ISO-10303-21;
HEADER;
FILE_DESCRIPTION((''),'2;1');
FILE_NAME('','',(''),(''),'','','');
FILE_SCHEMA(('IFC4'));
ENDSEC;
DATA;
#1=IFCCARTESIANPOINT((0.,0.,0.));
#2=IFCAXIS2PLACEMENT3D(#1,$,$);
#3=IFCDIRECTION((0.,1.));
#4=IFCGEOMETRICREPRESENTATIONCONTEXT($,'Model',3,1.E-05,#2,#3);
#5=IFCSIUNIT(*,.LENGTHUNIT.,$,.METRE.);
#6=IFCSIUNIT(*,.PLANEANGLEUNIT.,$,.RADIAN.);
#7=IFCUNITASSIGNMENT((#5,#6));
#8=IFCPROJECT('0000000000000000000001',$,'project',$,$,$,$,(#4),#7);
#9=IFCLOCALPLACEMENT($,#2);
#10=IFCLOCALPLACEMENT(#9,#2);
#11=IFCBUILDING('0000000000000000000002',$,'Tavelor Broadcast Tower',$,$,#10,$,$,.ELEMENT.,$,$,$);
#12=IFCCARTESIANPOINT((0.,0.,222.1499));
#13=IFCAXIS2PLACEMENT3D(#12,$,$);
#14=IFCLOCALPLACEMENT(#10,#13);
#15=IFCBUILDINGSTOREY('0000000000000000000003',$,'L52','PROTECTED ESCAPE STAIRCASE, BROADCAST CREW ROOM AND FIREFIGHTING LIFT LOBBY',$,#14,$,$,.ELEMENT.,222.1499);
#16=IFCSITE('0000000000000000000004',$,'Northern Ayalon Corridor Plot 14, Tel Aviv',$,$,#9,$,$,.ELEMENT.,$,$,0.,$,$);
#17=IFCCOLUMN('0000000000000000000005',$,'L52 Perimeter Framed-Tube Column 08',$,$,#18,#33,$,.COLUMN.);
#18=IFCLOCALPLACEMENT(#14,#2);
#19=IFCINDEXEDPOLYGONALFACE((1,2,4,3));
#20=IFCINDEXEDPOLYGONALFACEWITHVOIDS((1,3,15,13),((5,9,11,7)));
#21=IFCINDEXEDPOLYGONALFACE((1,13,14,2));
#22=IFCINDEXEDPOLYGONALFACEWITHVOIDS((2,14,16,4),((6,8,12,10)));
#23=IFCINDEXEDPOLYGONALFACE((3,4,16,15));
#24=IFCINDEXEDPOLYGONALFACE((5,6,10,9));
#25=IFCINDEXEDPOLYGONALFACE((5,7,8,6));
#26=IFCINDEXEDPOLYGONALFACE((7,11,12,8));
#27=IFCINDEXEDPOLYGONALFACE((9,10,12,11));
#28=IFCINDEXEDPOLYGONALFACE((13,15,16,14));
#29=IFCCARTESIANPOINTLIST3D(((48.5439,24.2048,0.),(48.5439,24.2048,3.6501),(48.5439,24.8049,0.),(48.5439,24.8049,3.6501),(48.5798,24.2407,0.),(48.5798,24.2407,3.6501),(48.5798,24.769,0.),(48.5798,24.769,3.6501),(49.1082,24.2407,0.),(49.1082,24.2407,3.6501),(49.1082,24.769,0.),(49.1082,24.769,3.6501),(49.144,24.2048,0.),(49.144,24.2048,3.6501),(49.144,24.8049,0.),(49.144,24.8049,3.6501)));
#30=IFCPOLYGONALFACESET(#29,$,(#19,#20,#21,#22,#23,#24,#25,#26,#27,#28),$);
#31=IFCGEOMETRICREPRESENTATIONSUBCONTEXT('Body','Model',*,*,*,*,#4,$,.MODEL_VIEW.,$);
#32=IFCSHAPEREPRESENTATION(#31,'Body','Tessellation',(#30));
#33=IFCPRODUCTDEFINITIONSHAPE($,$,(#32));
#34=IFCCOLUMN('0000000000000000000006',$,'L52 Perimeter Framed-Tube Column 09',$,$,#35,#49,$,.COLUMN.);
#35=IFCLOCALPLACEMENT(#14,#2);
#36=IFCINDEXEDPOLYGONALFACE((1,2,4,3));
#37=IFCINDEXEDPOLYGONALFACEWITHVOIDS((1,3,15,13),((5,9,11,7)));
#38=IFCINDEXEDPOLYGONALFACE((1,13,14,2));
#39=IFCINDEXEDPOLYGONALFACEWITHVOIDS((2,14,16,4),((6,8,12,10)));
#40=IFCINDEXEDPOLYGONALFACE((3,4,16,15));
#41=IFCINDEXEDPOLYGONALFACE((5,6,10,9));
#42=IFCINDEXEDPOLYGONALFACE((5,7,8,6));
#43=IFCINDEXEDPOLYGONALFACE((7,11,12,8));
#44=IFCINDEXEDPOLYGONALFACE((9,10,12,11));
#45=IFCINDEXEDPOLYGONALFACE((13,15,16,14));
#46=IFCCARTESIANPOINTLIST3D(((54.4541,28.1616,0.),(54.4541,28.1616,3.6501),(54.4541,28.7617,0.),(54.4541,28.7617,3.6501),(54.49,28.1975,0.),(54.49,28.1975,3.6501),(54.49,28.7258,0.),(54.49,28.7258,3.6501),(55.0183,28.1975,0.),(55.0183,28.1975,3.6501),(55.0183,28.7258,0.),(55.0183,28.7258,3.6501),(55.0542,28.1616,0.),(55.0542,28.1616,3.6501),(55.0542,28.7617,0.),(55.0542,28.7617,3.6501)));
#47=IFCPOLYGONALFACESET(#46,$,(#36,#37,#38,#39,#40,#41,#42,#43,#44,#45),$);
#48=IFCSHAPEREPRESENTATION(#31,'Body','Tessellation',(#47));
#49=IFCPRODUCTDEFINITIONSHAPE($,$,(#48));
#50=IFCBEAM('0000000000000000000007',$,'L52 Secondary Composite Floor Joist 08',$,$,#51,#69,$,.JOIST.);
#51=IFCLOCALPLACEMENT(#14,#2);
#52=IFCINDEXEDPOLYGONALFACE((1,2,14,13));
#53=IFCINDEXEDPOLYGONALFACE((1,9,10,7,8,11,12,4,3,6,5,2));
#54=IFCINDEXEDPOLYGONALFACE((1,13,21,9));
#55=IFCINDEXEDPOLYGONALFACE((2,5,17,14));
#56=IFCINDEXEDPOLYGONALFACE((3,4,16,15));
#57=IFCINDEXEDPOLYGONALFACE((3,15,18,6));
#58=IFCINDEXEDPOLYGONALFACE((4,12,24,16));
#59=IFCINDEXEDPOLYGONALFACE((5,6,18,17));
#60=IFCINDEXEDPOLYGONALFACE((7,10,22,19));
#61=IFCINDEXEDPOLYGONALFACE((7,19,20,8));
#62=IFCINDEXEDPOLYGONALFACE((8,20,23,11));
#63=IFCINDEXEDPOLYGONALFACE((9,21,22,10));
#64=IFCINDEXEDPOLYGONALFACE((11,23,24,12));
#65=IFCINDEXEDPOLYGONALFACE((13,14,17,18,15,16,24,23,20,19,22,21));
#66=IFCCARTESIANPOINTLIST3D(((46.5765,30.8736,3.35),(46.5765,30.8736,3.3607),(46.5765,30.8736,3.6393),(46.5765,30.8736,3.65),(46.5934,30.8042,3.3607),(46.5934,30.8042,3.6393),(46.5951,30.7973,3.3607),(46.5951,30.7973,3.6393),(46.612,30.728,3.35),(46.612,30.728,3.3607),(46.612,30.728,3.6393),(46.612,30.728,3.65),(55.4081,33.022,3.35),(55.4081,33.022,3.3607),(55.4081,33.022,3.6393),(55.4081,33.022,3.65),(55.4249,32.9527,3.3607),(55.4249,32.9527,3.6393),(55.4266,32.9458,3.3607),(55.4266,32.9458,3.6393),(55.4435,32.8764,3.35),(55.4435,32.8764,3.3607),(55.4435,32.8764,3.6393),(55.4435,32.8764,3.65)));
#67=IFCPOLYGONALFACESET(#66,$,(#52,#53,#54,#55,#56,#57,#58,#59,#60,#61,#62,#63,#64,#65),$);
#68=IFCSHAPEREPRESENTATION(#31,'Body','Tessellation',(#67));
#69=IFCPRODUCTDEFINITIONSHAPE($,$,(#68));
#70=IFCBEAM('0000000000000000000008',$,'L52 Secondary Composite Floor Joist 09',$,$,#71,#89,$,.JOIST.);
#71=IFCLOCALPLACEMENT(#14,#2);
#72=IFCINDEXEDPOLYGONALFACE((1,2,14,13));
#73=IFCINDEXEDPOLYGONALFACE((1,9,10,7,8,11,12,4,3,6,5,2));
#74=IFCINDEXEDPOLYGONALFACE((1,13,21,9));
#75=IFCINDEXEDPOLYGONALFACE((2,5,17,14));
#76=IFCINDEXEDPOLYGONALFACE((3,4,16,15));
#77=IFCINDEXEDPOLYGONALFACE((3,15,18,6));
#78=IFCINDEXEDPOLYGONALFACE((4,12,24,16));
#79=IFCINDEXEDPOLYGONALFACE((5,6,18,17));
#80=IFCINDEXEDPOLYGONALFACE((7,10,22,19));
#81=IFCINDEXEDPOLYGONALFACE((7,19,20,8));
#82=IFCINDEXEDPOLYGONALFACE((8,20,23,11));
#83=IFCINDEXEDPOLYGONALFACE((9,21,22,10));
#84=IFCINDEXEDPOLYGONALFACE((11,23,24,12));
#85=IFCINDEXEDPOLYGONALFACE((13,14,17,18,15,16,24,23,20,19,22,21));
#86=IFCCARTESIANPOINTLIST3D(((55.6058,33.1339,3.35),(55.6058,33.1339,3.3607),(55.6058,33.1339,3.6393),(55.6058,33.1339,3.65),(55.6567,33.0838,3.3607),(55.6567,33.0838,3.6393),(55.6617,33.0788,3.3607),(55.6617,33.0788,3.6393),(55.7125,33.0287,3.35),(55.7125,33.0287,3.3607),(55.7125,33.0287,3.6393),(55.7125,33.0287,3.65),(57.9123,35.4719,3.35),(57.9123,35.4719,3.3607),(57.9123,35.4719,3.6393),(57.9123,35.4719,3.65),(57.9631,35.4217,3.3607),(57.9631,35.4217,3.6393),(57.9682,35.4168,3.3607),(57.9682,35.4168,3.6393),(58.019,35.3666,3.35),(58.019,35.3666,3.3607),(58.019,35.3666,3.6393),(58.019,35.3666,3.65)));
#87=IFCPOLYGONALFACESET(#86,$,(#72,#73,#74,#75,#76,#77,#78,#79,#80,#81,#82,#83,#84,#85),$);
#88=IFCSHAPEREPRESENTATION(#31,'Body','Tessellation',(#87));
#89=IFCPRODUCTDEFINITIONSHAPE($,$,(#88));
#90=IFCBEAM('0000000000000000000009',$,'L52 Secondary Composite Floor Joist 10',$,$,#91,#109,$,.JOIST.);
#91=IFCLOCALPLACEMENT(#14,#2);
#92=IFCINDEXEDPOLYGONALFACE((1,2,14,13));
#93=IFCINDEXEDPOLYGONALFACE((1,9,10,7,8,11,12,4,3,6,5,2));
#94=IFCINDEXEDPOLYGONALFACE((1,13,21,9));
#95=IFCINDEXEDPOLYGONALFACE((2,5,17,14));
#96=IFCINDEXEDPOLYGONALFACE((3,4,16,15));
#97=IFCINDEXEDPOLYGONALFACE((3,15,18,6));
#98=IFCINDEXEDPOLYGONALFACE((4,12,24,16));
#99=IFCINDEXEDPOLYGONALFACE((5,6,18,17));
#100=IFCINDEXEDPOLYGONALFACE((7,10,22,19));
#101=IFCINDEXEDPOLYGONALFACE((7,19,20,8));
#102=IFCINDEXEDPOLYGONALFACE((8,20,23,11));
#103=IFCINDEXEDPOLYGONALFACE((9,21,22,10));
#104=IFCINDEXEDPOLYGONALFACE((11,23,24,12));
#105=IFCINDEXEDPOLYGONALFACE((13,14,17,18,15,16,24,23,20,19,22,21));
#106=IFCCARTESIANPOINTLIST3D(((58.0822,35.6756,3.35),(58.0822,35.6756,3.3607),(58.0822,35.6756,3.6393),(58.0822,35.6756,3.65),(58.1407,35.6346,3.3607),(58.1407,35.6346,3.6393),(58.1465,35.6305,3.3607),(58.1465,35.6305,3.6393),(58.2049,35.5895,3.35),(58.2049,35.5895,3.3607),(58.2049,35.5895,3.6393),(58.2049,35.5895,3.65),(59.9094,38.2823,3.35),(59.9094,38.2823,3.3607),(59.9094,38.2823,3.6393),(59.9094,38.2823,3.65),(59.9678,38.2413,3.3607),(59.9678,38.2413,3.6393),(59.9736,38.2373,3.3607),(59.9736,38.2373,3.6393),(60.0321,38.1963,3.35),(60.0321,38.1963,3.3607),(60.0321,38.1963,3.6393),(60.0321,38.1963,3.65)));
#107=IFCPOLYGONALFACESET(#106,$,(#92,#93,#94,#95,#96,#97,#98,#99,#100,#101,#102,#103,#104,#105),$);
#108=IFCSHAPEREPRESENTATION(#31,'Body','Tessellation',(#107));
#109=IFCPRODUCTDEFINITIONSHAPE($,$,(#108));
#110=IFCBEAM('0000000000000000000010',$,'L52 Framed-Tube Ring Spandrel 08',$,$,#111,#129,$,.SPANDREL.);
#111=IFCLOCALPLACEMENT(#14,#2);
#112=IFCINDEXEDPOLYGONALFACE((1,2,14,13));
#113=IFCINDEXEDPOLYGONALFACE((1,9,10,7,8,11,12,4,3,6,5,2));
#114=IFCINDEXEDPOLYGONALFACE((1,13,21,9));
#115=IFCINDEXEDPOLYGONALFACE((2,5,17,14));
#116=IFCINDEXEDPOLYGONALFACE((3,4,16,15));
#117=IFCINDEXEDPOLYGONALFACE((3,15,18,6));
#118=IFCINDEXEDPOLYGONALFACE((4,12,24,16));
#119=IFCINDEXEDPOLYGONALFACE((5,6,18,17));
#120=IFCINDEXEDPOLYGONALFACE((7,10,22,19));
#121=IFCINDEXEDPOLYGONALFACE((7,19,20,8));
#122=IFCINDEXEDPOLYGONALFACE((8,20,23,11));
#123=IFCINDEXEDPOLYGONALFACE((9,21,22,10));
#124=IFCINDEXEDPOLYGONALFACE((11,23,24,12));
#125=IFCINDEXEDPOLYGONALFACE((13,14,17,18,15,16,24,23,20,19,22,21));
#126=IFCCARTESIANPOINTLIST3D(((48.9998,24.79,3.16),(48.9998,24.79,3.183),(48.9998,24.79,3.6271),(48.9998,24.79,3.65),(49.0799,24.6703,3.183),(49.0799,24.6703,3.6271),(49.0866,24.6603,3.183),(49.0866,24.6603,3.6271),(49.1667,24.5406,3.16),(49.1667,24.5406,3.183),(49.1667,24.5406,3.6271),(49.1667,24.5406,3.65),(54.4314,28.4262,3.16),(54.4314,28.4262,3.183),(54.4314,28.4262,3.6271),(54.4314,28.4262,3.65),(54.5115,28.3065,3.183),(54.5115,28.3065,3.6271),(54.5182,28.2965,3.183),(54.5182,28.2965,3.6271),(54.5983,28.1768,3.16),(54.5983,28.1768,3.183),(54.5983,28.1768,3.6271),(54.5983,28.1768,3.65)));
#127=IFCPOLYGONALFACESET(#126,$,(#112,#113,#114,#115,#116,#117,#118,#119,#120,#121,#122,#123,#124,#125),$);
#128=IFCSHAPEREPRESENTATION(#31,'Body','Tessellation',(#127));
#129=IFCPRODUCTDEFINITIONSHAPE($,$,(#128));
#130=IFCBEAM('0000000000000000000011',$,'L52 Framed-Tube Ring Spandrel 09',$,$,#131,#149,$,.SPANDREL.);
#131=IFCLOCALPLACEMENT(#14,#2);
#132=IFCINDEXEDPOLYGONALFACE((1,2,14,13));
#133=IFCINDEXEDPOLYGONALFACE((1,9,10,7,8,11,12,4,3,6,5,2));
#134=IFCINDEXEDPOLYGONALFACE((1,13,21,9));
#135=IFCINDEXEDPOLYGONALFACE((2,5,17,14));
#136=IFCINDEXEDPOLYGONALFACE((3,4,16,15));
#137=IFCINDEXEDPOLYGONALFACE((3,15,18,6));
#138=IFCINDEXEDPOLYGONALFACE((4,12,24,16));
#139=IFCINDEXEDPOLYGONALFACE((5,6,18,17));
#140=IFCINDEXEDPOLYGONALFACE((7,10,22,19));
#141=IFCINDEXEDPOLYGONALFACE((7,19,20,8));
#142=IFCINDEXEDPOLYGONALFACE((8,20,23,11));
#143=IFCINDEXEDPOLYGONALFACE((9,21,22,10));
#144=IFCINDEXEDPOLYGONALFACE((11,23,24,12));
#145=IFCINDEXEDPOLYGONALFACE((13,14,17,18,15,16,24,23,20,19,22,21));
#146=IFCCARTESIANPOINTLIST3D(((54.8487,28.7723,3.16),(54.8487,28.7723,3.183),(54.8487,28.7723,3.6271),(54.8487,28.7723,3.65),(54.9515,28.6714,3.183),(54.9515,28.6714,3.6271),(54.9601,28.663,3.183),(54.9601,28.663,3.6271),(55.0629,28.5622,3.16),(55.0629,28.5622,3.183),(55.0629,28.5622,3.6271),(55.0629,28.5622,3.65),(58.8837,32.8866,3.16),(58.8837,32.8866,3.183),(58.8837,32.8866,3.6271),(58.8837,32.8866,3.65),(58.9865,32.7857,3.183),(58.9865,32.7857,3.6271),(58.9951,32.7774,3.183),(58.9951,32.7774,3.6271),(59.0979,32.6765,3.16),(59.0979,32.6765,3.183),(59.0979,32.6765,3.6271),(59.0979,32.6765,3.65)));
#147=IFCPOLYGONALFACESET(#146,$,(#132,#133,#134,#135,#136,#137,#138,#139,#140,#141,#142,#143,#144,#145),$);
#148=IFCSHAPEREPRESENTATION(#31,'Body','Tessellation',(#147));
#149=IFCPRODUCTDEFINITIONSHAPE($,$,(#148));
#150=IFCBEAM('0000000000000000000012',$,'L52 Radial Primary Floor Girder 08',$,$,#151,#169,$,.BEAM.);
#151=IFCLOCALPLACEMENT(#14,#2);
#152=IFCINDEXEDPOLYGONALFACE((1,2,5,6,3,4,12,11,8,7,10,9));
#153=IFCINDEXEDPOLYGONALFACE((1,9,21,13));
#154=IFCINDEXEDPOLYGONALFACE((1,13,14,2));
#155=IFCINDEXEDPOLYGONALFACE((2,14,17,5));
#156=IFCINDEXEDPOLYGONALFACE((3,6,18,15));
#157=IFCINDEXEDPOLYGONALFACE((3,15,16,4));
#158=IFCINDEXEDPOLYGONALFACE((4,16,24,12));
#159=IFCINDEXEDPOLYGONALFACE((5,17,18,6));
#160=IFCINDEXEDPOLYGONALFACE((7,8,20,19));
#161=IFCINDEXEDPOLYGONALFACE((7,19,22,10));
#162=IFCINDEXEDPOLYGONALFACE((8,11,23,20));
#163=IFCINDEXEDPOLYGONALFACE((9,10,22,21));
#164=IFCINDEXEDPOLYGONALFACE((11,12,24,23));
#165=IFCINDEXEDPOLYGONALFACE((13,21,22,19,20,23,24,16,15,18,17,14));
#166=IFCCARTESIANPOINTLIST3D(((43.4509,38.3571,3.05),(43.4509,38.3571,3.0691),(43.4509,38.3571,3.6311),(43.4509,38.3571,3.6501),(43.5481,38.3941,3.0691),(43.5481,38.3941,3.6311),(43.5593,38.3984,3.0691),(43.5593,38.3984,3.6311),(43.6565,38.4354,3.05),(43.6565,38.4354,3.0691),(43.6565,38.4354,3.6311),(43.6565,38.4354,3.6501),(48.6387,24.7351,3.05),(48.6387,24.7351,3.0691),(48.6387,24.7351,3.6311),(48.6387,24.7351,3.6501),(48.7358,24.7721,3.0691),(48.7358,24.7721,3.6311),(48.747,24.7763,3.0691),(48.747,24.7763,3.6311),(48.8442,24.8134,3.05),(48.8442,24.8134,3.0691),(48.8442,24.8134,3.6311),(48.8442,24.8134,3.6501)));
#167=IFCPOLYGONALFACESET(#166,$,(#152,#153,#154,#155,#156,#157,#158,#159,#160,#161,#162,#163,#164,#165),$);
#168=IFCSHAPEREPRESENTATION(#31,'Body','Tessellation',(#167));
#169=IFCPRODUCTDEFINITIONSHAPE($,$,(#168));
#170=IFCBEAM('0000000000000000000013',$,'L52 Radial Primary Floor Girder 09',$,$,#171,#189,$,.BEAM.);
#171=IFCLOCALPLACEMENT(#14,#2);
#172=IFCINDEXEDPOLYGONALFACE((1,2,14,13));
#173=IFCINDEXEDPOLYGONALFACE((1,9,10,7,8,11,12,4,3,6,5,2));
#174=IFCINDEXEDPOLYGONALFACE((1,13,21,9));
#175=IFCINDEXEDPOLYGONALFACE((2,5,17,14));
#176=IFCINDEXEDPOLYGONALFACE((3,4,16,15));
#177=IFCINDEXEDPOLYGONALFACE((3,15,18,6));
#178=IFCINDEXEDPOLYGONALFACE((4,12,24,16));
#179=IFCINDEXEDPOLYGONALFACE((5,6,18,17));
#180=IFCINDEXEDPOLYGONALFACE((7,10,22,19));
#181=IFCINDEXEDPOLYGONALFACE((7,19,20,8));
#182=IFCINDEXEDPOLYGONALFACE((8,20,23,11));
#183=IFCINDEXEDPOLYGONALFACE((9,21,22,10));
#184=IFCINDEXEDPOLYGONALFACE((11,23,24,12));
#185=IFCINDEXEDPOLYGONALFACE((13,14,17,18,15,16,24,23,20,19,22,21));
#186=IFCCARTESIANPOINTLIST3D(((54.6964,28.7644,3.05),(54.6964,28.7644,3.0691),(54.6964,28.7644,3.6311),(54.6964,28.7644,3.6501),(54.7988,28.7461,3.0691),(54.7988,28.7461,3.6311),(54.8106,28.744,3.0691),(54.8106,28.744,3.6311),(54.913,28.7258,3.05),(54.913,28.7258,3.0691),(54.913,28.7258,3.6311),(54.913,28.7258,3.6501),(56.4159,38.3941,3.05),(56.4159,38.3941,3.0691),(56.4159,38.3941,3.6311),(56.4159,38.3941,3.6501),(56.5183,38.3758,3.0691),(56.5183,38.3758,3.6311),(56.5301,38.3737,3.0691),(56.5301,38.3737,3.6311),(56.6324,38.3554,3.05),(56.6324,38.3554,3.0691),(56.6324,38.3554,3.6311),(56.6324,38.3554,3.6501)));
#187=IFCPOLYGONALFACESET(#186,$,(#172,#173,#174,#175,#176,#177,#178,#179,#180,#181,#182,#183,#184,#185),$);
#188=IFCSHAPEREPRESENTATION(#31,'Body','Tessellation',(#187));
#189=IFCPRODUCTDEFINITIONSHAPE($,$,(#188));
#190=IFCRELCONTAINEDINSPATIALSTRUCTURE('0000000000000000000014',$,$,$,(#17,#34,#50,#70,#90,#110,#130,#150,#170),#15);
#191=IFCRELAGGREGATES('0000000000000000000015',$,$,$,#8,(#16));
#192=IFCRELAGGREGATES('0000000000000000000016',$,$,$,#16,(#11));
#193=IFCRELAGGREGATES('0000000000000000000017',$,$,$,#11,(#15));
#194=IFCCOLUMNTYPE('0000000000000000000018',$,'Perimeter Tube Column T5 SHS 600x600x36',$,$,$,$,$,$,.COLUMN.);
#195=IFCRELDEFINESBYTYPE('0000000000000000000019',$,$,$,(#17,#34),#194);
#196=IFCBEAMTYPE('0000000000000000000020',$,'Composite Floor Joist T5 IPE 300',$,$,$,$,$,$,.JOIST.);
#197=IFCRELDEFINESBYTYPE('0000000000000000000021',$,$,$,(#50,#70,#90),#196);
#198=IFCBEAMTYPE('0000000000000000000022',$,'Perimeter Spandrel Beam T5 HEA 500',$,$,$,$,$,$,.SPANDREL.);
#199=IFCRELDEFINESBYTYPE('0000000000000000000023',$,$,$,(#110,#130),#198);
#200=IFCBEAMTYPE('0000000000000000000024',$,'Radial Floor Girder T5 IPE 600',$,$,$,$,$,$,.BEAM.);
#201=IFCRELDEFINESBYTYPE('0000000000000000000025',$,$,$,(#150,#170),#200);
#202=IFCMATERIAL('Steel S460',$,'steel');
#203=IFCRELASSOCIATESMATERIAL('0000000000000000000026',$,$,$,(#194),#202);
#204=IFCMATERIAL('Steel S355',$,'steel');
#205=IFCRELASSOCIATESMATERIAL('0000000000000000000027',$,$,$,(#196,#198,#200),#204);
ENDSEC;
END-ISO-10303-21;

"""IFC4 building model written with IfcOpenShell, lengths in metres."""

from ifc_helpers import new_model, si_unit, direction, frame, origin, origin_2d, place, context, subcontext, project, spatial, hollow_rectangle, i_section, extrude, material, material_profile, profile_set, type_object, element, save


model = new_model("IFC4")

# Units and contexts
model_context = context("Model", 3, precision=1e-05, world=origin(), true_north=direction((0.0, 1.0)))
body_context = subcontext(model_context, "Body", "Model", "MODEL_VIEW")
ifc_project = project(units=[si_unit("LENGTHUNIT", "METRE"), si_unit("PLANEANGLEUNIT", "RADIAN")], contexts=[model_context])

# Site, building, storey
site_placement = place(None, origin())
site = spatial("IfcSite", under=ifc_project, at=site_placement, Name="Northern Ayalon Corridor Plot 14, Tel Aviv", CompositionType="ELEMENT", RefElevation=0.0)
building_placement = place(site_placement, origin())
building = spatial("IfcBuilding", under=site, at=building_placement, Name="Tavelor Broadcast Tower", CompositionType="ELEMENT")
storey_placement = place(building_placement, frame((0.0, 0.0, 222.1499)))
storey = spatial("IfcBuildingStorey", under=building, at=storey_placement, Name="L52", Description="PROTECTED ESCAPE STAIRCASE, BROADCAST CREW ROOM AND FIREFIGHTING LIFT LOBBY", CompositionType="ELEMENT", Elevation=222.1499)

# Columns
ifc_material_1 = material(Name="Steel S460", Category="steel")
ifc_material_profile_1 = material_profile(ifc_material_1, hollow_rectangle(XDim=0.6001, YDim=0.6001, WallThickness=0.0359, at=origin_2d()), Name="SHS 600x600x36")
ifc_profile_set_1 = profile_set([ifc_material_profile_1], Name="Steel S460")
column_type = type_object("IfcColumnType", Name="Perimeter Tube Column T5 SHS 600x600x36", PredefinedType="COLUMN", material=ifc_profile_set_1)
for number, where, z_axis, x_axis, name in (
    (1, (48.844, 24.5049, 0.0), (0.0, 0.0, 1.0), (1.0, 0.0, 0.0), "L52 Perimeter Framed-Tube Column 08"),
    (2, (54.7542, 28.4617, 0.0), (0.0, 0.0, 1.0), (1.0, 0.0, 0.0), "L52 Perimeter Framed-Tube Column 09"),
):
    element("IfcColumn", number, at=place(storey_placement, frame(where, z_axis=z_axis, x_axis=x_axis)), inside=storey, type_object=column_type, Name=name, PredefinedType="COLUMN", context=body_context, shape_type="SweptSolid", body=[
        extrude(hollow_rectangle(XDim=0.6001, YDim=0.6001, WallThickness=0.0359, at=origin_2d()), origin(), (0.0, 0.0, 1.0), 3.6501),
    ])

# Beams
ifc_material_2 = material(Name="Steel S355", Category="steel")
ifc_material_profile_2 = material_profile(ifc_material_2, i_section(OverallWidth=0.1499, OverallDepth=0.3, WebThickness=0.0071, FlangeThickness=0.0107, at=origin_2d()), Name="IPE 300")
ifc_profile_set_2 = profile_set([ifc_material_profile_2], Name="Steel S355")
beam_type_1 = type_object("IfcBeamType", Name="Composite Floor Joist T5 IPE 300", PredefinedType="JOIST", material=ifc_profile_set_2)
beam_1_placement = place(storey_placement, frame((46.5942, 30.8008, 3.5), z_axis=(0.971662, 0.236375, 0.0), x_axis=(-0.236375, 0.971662, 0.0)))
element("IfcBeam", 3, at=beam_1_placement, inside=storey, type_object=beam_type_1, Name="L52 Secondary Composite Floor Joist 08", PredefinedType="JOIST", context=body_context, shape_type="SweptSolid", body=[
    extrude(i_section(OverallWidth=0.1499, OverallDepth=0.3, WebThickness=0.0071, FlangeThickness=0.0107, at=origin_2d()), origin(), (0.0, 0.0, 1.0), 9.0891),
])
beam_2_placement = place(storey_placement, frame((55.6592, 33.0813, 3.5), z_axis=(0.702296, 0.711885, 0.0), x_axis=(-0.711885, 0.702296, 0.0)))
element("IfcBeam", 4, at=beam_2_placement, inside=storey, type_object=beam_type_1, Name="L52 Secondary Composite Floor Joist 09", PredefinedType="JOIST", context=body_context, shape_type="SweptSolid", body=[
    extrude(i_section(OverallWidth=0.1499, OverallDepth=0.3, WebThickness=0.0071, FlangeThickness=0.0107, at=origin_2d()), origin(), (0.0, 0.0, 1.0), 3.2842),
])
beam_3_placement = place(storey_placement, frame((58.1436, 35.6326, 3.5), z_axis=(0.573982, 0.818868, 0.0), x_axis=(-0.818868, 0.573982, 0.0)))
element("IfcBeam", 5, at=beam_3_placement, inside=storey, type_object=beam_type_1, Name="L52 Secondary Composite Floor Joist 10", PredefinedType="JOIST", context=body_context, shape_type="SweptSolid", body=[
    extrude(i_section(OverallWidth=0.1499, OverallDepth=0.3, WebThickness=0.0071, FlangeThickness=0.0107, at=origin_2d()), origin(), (0.0, 0.0, 1.0), 3.1833),
])
ifc_material_profile_3 = material_profile(ifc_material_2, i_section(OverallWidth=0.3, OverallDepth=0.49, WebThickness=0.012, FlangeThickness=0.0229, at=origin_2d()), Name="HEA 500")
ifc_profile_set_3 = profile_set([ifc_material_profile_3], Name="Steel S355")
beam_type_2 = type_object("IfcBeamType", Name="Perimeter Spandrel Beam T5 HEA 500", PredefinedType="SPANDREL", material=ifc_profile_set_3)
beam_4_placement = place(storey_placement, frame((49.0833, 24.6653, 3.405), z_axis=(0.83098, 0.556302, 0.0), x_axis=(-0.556302, 0.83098, 0.0)))
element("IfcBeam", 6, at=beam_4_placement, inside=storey, type_object=beam_type_2, Name="L52 Framed-Tube Ring Spandrel 08", PredefinedType="SPANDREL", context=body_context, shape_type="SweptSolid", body=[
    extrude(i_section(OverallWidth=0.3, OverallDepth=0.49, WebThickness=0.012, FlangeThickness=0.0229, at=origin_2d()), origin(), (0.0, 0.0, 1.0), 6.5364),
])
beam_5_placement = place(storey_placement, frame((54.9558, 28.6672, 3.405), z_axis=(0.700189, 0.713958, 0.0), x_axis=(-0.713958, 0.700189, 0.0)))
element("IfcBeam", 7, at=beam_5_placement, inside=storey, type_object=beam_type_2, Name="L52 Framed-Tube Ring Spandrel 09", PredefinedType="SPANDREL", context=body_context, shape_type="SweptSolid", body=[
    extrude(i_section(OverallWidth=0.3, OverallDepth=0.49, WebThickness=0.012, FlangeThickness=0.0229, at=origin_2d()), origin(), (0.0, 0.0, 1.0), 5.7627),
])
ifc_material_profile_4 = material_profile(ifc_material_2, i_section(OverallWidth=0.22, OverallDepth=0.6001, WebThickness=0.012, FlangeThickness=0.019, at=origin_2d()), Name="IPE 600")
ifc_profile_set_4 = profile_set([ifc_material_profile_4], Name="Steel S355")
beam_type_3 = type_object("IfcBeamType", Name="Radial Floor Girder T5 IPE 600", PredefinedType="BEAM", material=ifc_profile_set_4)
beam_6_placement = place(storey_placement, frame((43.5537, 38.3962, 3.3501), z_axis=(0.355899, -0.934525, 0.0), x_axis=(0.934525, 0.355899, 0.0)))
element("IfcBeam", 8, at=beam_6_placement, inside=storey, type_object=beam_type_3, Name="L52 Radial Primary Floor Girder 08", PredefinedType="BEAM", context=body_context, shape_type="SweptSolid", body=[
    extrude(i_section(OverallWidth=0.22, OverallDepth=0.6001, WebThickness=0.012, FlangeThickness=0.019, at=origin_2d()), origin(), (0.0, 0.0, 1.0), 14.5764),
])
beam_7_placement = place(storey_placement, frame((56.5242, 38.3748, 3.3501), z_axis=(-0.175781, -0.984429, 0.0), x_axis=(0.984429, -0.175781, 0.0)))
element("IfcBeam", 9, at=beam_7_placement, inside=storey, type_object=beam_type_3, Name="L52 Radial Primary Floor Girder 09", PredefinedType="BEAM", context=body_context, shape_type="SweptSolid", body=[
    extrude(i_section(OverallWidth=0.22, OverallDepth=0.6001, WebThickness=0.012, FlangeThickness=0.019, at=origin_2d()), origin(), (0.0, 0.0, 1.0), 9.782),
])

save(model, "model.ifc")
